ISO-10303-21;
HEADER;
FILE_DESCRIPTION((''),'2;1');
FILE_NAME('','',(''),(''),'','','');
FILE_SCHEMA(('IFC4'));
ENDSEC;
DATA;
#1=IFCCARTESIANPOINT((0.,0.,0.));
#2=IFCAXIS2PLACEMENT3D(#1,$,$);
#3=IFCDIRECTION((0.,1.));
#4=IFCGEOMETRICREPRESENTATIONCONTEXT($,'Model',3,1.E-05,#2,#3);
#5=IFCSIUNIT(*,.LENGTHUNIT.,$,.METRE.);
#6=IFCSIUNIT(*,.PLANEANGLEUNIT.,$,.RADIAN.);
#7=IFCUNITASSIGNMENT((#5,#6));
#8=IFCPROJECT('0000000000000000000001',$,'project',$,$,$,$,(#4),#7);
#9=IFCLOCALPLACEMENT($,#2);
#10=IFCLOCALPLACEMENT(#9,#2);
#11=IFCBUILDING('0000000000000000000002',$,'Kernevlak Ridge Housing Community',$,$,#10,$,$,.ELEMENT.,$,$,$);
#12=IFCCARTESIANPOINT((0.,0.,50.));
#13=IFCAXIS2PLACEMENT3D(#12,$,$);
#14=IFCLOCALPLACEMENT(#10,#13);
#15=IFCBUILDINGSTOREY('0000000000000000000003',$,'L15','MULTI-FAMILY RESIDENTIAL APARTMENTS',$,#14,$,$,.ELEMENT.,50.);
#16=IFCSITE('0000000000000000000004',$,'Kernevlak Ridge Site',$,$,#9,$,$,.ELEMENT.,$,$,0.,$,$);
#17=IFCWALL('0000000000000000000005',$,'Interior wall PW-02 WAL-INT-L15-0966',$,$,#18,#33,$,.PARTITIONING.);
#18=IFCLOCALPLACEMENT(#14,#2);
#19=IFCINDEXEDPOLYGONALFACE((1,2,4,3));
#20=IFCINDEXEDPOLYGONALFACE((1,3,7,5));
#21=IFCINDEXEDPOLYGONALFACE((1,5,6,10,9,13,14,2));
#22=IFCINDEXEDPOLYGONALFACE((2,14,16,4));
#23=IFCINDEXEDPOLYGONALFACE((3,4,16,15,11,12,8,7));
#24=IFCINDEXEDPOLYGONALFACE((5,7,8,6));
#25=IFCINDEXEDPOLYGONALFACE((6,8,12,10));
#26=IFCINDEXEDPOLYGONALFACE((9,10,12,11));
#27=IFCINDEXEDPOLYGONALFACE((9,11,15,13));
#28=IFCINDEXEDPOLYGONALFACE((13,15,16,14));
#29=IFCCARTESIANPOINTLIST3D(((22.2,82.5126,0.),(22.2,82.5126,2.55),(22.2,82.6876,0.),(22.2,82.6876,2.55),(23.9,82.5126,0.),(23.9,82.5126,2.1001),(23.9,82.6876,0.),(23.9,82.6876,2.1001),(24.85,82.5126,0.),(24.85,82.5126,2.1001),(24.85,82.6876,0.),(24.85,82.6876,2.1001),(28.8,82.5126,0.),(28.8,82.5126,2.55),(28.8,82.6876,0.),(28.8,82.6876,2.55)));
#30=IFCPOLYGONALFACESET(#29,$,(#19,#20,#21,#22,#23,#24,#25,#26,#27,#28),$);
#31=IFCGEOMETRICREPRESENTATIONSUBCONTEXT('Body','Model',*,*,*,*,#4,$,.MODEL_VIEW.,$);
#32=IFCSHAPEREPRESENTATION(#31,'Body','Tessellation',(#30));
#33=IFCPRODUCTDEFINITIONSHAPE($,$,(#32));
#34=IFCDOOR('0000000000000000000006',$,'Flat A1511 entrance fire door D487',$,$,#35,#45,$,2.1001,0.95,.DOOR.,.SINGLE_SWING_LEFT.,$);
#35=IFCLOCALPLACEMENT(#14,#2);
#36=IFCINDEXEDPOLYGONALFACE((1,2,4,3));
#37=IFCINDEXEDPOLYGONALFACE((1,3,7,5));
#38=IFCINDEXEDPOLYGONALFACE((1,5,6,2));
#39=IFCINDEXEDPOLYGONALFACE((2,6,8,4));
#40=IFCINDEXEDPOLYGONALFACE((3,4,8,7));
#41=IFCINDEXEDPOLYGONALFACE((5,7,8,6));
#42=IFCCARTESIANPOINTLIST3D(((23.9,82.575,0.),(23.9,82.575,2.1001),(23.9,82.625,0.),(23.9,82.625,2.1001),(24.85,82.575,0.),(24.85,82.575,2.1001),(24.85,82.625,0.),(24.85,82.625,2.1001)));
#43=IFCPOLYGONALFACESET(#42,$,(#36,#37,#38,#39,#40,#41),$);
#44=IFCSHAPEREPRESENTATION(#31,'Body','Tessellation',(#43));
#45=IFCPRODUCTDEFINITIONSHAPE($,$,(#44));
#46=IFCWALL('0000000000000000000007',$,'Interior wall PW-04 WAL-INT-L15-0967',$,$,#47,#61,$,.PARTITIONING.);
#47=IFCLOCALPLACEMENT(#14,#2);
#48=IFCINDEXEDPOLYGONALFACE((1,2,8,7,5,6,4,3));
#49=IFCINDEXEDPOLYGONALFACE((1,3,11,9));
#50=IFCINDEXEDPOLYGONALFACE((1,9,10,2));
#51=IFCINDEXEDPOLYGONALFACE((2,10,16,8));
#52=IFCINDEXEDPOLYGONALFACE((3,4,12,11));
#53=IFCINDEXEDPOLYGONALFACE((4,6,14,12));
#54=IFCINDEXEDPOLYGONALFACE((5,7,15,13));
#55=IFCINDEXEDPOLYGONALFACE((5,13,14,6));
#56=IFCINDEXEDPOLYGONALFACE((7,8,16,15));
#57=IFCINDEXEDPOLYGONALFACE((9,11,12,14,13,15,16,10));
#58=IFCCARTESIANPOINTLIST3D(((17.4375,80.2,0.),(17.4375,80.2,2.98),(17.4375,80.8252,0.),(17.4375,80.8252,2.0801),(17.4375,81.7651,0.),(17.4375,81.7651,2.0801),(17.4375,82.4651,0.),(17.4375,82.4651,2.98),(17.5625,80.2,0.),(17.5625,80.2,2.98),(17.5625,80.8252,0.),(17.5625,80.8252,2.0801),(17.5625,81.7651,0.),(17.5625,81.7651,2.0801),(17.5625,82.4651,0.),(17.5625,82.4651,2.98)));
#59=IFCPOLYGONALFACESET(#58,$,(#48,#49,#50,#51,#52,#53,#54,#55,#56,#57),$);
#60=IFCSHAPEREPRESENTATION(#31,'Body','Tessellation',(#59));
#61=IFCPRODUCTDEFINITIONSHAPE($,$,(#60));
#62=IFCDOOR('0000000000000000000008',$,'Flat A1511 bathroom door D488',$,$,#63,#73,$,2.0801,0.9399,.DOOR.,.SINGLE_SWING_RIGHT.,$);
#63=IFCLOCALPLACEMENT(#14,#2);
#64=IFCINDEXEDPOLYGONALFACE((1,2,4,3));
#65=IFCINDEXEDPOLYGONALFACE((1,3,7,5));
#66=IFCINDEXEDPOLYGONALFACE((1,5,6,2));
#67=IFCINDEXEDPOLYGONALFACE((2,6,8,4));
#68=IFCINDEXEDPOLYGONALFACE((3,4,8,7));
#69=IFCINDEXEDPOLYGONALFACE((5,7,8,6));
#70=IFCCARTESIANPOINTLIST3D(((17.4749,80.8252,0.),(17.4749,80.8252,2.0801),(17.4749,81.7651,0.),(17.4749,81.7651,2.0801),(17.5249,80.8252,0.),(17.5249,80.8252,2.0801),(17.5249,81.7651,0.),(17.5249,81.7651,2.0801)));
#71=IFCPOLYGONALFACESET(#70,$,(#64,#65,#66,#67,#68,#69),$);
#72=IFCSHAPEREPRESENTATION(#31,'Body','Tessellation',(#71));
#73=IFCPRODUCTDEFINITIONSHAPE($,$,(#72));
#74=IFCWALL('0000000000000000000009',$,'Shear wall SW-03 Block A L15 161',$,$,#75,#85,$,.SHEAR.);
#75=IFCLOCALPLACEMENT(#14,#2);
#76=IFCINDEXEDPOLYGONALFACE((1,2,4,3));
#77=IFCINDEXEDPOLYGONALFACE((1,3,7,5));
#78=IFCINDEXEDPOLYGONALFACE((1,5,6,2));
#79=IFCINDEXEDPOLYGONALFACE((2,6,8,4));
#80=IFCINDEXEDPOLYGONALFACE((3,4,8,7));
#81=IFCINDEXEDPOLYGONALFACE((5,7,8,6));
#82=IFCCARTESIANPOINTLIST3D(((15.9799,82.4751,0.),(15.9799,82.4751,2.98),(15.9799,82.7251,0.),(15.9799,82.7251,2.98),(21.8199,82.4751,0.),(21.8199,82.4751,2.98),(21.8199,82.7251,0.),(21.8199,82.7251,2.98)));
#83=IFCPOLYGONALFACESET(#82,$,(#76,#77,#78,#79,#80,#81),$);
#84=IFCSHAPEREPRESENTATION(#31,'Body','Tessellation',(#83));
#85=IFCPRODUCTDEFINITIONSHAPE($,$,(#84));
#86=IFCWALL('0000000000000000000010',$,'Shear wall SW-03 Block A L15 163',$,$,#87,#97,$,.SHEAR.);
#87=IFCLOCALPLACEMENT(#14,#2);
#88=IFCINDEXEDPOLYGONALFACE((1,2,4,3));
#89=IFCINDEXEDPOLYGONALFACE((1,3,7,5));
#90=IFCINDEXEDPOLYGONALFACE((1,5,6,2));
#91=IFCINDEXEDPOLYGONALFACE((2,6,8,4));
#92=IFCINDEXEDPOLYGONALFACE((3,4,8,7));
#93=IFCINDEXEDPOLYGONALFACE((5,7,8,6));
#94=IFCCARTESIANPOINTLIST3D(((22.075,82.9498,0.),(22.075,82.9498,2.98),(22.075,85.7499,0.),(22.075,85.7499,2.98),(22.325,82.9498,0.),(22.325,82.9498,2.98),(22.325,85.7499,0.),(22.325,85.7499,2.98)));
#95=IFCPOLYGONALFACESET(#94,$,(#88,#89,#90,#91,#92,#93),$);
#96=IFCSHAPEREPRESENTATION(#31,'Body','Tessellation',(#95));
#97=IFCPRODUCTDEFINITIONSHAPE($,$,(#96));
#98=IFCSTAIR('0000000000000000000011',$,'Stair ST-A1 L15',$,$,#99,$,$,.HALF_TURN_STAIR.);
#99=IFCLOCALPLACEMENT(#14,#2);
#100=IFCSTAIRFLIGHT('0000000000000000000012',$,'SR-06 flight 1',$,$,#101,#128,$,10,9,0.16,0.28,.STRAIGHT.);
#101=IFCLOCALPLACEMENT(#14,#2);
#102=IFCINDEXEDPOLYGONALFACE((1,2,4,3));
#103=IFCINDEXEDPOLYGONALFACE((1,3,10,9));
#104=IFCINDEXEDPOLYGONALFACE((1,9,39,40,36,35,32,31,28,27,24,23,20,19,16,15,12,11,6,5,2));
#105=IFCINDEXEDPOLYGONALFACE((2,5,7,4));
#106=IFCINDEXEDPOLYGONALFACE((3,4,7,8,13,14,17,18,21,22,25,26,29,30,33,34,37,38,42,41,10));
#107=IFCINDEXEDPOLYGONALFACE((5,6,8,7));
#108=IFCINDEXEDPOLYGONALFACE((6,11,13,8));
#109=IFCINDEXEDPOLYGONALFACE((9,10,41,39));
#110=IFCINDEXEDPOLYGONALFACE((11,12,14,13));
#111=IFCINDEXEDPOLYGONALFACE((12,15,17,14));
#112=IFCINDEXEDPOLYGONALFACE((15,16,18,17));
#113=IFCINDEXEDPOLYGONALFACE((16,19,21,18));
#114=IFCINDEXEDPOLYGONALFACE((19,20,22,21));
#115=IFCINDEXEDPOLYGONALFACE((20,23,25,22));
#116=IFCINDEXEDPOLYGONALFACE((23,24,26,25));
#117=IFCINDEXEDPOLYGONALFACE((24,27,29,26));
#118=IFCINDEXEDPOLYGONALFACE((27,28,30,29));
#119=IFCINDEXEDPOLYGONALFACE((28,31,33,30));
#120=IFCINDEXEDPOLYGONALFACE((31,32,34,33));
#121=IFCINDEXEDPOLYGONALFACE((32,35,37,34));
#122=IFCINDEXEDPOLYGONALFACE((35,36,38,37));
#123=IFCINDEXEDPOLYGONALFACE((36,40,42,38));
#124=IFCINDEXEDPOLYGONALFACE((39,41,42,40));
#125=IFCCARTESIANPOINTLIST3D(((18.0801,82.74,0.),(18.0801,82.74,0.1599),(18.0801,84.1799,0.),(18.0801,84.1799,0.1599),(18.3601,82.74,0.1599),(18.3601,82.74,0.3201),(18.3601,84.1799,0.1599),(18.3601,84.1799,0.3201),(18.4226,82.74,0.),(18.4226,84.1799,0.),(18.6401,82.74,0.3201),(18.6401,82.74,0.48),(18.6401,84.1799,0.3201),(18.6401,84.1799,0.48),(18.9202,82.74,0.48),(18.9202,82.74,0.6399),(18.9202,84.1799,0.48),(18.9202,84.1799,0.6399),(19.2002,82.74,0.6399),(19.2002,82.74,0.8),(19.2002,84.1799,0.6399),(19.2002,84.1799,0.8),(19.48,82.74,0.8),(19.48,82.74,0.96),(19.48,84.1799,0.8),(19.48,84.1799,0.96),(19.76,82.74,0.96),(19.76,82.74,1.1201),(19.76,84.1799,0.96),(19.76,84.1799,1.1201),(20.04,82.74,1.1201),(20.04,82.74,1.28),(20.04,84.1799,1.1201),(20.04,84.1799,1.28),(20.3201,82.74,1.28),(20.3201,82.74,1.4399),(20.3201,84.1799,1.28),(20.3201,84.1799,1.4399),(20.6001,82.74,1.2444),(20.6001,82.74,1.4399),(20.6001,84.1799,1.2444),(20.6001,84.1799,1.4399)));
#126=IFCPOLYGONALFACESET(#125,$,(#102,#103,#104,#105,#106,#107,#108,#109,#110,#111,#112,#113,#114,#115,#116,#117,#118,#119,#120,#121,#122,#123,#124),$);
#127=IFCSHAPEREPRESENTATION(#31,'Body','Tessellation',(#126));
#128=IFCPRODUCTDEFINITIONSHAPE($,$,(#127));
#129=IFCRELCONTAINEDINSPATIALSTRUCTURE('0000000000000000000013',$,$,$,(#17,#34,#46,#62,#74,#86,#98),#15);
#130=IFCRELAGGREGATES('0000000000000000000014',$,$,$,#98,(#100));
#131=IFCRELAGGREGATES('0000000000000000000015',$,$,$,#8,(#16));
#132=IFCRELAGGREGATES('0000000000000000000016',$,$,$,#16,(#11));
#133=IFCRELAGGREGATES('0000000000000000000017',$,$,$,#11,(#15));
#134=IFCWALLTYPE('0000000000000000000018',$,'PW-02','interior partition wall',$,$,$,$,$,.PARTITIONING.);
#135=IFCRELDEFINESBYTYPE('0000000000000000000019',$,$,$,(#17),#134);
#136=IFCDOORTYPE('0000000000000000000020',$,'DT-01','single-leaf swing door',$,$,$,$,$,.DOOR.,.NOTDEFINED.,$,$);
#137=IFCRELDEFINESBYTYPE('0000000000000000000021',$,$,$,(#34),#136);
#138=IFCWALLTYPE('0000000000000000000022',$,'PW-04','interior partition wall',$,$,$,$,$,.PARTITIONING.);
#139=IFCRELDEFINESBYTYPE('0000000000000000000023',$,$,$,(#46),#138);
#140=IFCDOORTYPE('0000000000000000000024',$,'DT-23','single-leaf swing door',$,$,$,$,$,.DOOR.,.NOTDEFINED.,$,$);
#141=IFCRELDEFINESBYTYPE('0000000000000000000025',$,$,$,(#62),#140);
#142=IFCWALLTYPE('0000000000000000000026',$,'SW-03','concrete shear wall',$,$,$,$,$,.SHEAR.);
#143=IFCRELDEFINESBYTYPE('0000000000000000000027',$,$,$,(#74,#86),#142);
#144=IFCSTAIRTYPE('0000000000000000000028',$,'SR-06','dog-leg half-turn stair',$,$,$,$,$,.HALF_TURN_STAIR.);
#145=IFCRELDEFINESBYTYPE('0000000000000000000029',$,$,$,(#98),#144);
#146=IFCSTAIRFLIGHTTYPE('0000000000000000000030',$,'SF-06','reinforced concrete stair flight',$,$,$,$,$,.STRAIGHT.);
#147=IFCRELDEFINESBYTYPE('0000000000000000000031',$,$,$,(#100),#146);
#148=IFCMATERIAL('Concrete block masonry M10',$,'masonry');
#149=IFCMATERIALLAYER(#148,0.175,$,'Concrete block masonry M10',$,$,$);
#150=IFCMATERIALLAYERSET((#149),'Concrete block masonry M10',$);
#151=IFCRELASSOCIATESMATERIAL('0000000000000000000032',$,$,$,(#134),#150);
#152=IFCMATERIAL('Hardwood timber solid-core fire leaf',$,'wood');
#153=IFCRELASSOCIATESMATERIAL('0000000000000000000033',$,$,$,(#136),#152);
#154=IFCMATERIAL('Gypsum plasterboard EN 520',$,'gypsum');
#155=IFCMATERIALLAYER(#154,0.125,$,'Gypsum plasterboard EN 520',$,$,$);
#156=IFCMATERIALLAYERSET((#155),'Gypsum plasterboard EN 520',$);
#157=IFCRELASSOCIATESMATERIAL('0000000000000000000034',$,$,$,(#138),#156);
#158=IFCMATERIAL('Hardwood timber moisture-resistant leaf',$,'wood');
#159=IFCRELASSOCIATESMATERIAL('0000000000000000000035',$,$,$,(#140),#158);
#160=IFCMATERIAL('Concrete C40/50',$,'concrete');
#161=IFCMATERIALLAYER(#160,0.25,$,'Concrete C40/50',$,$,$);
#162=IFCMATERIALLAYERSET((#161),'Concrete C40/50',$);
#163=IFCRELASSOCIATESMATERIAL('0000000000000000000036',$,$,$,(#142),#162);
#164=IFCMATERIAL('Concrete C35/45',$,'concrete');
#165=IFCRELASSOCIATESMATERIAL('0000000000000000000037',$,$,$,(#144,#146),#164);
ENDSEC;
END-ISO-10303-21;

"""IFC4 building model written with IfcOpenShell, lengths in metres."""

from ifc_helpers import new_model, si_unit, direction, frame, frame_2d, origin, place, context, subcontext, project, spatial, polyline, rectangle, outline, extrude, material, layer, layer_set, type_object, element, fill, aggregate, save


model = new_model("IFC4")

# Units and contexts
model_context = context("Model", 3, precision=1e-05, world=origin(), true_north=direction((0.0, 1.0)))
body_context = subcontext(model_context, "Body", "Model", "MODEL_VIEW")
ifc_project = project(units=[si_unit("LENGTHUNIT", "METRE"), si_unit("PLANEANGLEUNIT", "RADIAN")], contexts=[model_context])

# Site, building, storey
site_placement = place(None, origin())
site = spatial("IfcSite", under=ifc_project, at=site_placement, Name="Kernevlak Ridge Site", CompositionType="ELEMENT", RefElevation=0.0)
building_placement = place(site_placement, origin())
building = spatial("IfcBuilding", under=site, at=building_placement, Name="Kernevlak Ridge Housing Community", CompositionType="ELEMENT")
storey_placement = place(building_placement, frame((0.0, 0.0, 50.0)))
storey = spatial("IfcBuildingStorey", under=building, at=storey_placement, Name="L15", Description="MULTI-FAMILY RESIDENTIAL APARTMENTS", CompositionType="ELEMENT", Elevation=50.0)

# Shared definitions
ifc_material_1 = material(Name="Concrete C35/45", Category="concrete")

# Walls, openings, doors
ifc_material_2 = material(Name="Concrete block masonry M10", Category="masonry")
ifc_layer_1 = layer(ifc_material_2, 0.175, Name="Concrete block masonry M10")
ifc_layer_set_1 = layer_set([ifc_layer_1], Name="Concrete block masonry M10")
wall_type_1 = type_object("IfcWallType", Name="PW-02", Description="interior partition wall", PredefinedType="PARTITIONING", material=ifc_layer_set_1)
wall_1_placement = place(storey_placement, frame((22.2, 82.6001, 0.0), z_axis=(0.0, 0.0, 1.0), x_axis=(1.0, 0.0, 0.0)))
wall_1 = element("IfcWall", 1, at=wall_1_placement, inside=storey, type_object=wall_type_1, Name="Interior wall PW-02 WAL-INT-L15-0966", PredefinedType="PARTITIONING", context=body_context, shape_type="SweptSolid", body=[
    extrude(rectangle(XDim=6.6001, YDim=0.175, at=frame_2d((3.3, 0.0))), origin(), (0.0, 0.0, 1.0), 2.55),
])
opening_1_placement = place(wall_1_placement, frame((1.7, 0.0, 0.0)))
opening_1 = element("IfcOpeningElement", 2, at=opening_1_placement, cuts=wall_1, PredefinedType="OPENING", context=body_context, shape_type="SweptSolid", body=[
    extrude(rectangle(XDim=0.95, YDim=2.1001, at=frame_2d((0.4751, 1.05))), frame((0.0, 0.0974, 0.0), z_axis=(0.0, -1.0, 0.0), x_axis=(1.0, 0.0, 0.0)), (0.0, 0.0, 1.0), 0.1951),
])
ifc_material_3 = material(Name="Hardwood timber solid-core fire leaf", Category="wood")
door_type_1 = type_object("IfcDoorType", Name="DT-01", Description="single-leaf swing door", OperationType="NOTDEFINED", PredefinedType="DOOR", material=ifc_material_3)
door_1_placement = place(opening_1_placement, origin())
door_1 = element("IfcDoor", 3, at=door_1_placement, inside=storey, type_object=door_type_1, Name="Flat A1511 entrance fire door D487", OperationType="SINGLE_SWING_LEFT", OverallHeight=2.1001, OverallWidth=0.95, PredefinedType="DOOR", context=body_context, shape_type="SweptSolid", body=[
    extrude(rectangle(XDim=0.95, YDim=2.1001, at=frame_2d((0.4751, 1.05))), frame((0.0, 0.0249, 0.0), z_axis=(0.0, -1.0, 0.0), x_axis=(1.0, 0.0, 0.0)), (0.0, 0.0, 1.0), 0.05),
])
fill(opening_1, door_1)
ifc_material_4 = material(Name="Gypsum plasterboard EN 520", Category="gypsum")
ifc_layer_2 = layer(ifc_material_4, 0.125, Name="Gypsum plasterboard EN 520")
ifc_layer_set_2 = layer_set([ifc_layer_2], Name="Gypsum plasterboard EN 520")
wall_type_2 = type_object("IfcWallType", Name="PW-04", Description="interior partition wall", PredefinedType="PARTITIONING", material=ifc_layer_set_2)
wall_2_placement = place(storey_placement, frame((17.5, 82.4651, 0.0), z_axis=(0.0, 0.0, 1.0), x_axis=(0.0, -1.0, 0.0)))
wall_2 = element("IfcWall", 4, at=wall_2_placement, inside=storey, type_object=wall_type_2, Name="Interior wall PW-04 WAL-INT-L15-0967", PredefinedType="PARTITIONING", context=body_context, shape_type="SweptSolid", body=[
    extrude(rectangle(XDim=2.2651, YDim=0.125, at=frame_2d((1.1326, 0.0))), origin(), (0.0, 0.0, 1.0), 2.98),
])
opening_2_placement = place(wall_2_placement, frame((0.7, 0.0, 0.0)))
opening_2 = element("IfcOpeningElement", 5, at=opening_2_placement, cuts=wall_2, PredefinedType="OPENING", context=body_context, shape_type="SweptSolid", body=[
    extrude(rectangle(XDim=0.9399, YDim=2.0801, at=frame_2d((0.47, 1.04))), frame((0.0, 0.0725, 0.0), z_axis=(0.0, -1.0, 0.0), x_axis=(1.0, 0.0, 0.0)), (0.0, 0.0, 1.0), 0.145),
])
ifc_material_5 = material(Name="Hardwood timber moisture-resistant leaf", Category="wood")
door_type_2 = type_object("IfcDoorType", Name="DT-23", Description="single-leaf swing door", OperationType="NOTDEFINED", PredefinedType="DOOR", material=ifc_material_5)
door_2_placement = place(opening_2_placement, origin())
door_2 = element("IfcDoor", 6, at=door_2_placement, inside=storey, type_object=door_type_2, Name="Flat A1511 bathroom door D488", OperationType="SINGLE_SWING_RIGHT", OverallHeight=2.0801, OverallWidth=0.9399, PredefinedType="DOOR", context=body_context, shape_type="SweptSolid", body=[
    extrude(rectangle(XDim=0.9399, YDim=2.0801, at=frame_2d((0.47, 1.04))), frame((0.0, 0.0249, 0.0), z_axis=(0.0, -1.0, 0.0), x_axis=(1.0, 0.0, 0.0)), (0.0, 0.0, 1.0), 0.05),
])
fill(opening_2, door_2)

# Walls
ifc_material_6 = material(Name="Concrete C40/50", Category="concrete")
ifc_layer_3 = layer(ifc_material_6, 0.25, Name="Concrete C40/50")
ifc_layer_set_3 = layer_set([ifc_layer_3], Name="Concrete C40/50")
wall_type_3 = type_object("IfcWallType", Name="SW-03", Description="concrete shear wall", PredefinedType="SHEAR", material=ifc_layer_set_3)
wall_3_placement = place(storey_placement, frame((15.98, 82.6001, 0.0), z_axis=(0.0, 0.0, 1.0), x_axis=(1.0, 0.0, 0.0)))
element("IfcWall", 7, at=wall_3_placement, inside=storey, type_object=wall_type_3, Name="Shear wall SW-03 Block A L15 161", PredefinedType="SHEAR", context=body_context, shape_type="SweptSolid", body=[
    extrude(rectangle(XDim=5.8401, YDim=0.25, at=frame_2d((2.9199, 0.0))), origin(), (0.0, 0.0, 1.0), 2.98),
])
wall_4_placement = place(storey_placement, frame((22.2, 82.95, 0.0), z_axis=(0.0, 0.0, 1.0), x_axis=(0.0, 1.0, 0.0)))
element("IfcWall", 8, at=wall_4_placement, inside=storey, type_object=wall_type_3, Name="Shear wall SW-03 Block A L15 163", PredefinedType="SHEAR", context=body_context, shape_type="SweptSolid", body=[
    extrude(rectangle(XDim=2.8, YDim=0.25, at=frame_2d((1.3999, 0.0))), origin(), (0.0, 0.0, 1.0), 2.98),
])

# Stair, stair flight
stair_type = type_object("IfcStairType", Name="SR-06", Description="dog-leg half-turn stair", PredefinedType="HALF_TURN_STAIR", material=ifc_material_1)
stair_placement = place(storey_placement, origin())
stair = element("IfcStair", 9, at=stair_placement, inside=storey, type_object=stair_type, Name="Stair ST-A1 L15", PredefinedType="HALF_TURN_STAIR")
stair_flight_type = type_object("IfcStairFlightType", Name="SF-06", Description="reinforced concrete stair flight", PredefinedType="STRAIGHT", material=ifc_material_1)
stair_flight_placement = place(storey_placement, frame((18.0801, 83.46, 0.0), z_axis=(0.0, 0.0, 1.0), x_axis=(1.0, 0.0, 0.0)))
stair_flight = element("IfcStairFlight", 10, at=stair_flight_placement, type_object=stair_flight_type, Name="SR-06 flight 1", NumberOfRisers=10, NumberOfTreads=9, PredefinedType="STRAIGHT", RiserHeight=0.16, TreadLength=0.28, context=body_context, shape_type="SweptSolid", body=[
    extrude(outline(polyline([(0.0, 0.0), (0.0, 0.1599), (0.28, 0.1599), (0.28, 0.3201), (0.5601, 0.3201), (0.5601, 0.48), (0.8401, 0.48), (0.8401, 0.6399), (1.1201, 0.6399), (1.1201, 0.8), (1.3999, 0.8), (1.3999, 0.96), (1.6799, 0.96), (1.6799, 1.1201), (1.96, 1.1201), (1.96, 1.28), (2.24, 1.28), (2.24, 1.4399), (2.52, 1.4399), (2.52, 1.6001), (2.52, 1.2444), (0.3425, 0.0), (0.0, 0.0)])), frame((0.0, 0.72, 0.0), z_axis=(0.0, -1.0, 0.0), x_axis=(1.0, 0.0, 0.0)), (0.0, 0.0, 1.0), 1.4399),
])
aggregate(stair, [stair_flight])

save(model, "model.ifc")
